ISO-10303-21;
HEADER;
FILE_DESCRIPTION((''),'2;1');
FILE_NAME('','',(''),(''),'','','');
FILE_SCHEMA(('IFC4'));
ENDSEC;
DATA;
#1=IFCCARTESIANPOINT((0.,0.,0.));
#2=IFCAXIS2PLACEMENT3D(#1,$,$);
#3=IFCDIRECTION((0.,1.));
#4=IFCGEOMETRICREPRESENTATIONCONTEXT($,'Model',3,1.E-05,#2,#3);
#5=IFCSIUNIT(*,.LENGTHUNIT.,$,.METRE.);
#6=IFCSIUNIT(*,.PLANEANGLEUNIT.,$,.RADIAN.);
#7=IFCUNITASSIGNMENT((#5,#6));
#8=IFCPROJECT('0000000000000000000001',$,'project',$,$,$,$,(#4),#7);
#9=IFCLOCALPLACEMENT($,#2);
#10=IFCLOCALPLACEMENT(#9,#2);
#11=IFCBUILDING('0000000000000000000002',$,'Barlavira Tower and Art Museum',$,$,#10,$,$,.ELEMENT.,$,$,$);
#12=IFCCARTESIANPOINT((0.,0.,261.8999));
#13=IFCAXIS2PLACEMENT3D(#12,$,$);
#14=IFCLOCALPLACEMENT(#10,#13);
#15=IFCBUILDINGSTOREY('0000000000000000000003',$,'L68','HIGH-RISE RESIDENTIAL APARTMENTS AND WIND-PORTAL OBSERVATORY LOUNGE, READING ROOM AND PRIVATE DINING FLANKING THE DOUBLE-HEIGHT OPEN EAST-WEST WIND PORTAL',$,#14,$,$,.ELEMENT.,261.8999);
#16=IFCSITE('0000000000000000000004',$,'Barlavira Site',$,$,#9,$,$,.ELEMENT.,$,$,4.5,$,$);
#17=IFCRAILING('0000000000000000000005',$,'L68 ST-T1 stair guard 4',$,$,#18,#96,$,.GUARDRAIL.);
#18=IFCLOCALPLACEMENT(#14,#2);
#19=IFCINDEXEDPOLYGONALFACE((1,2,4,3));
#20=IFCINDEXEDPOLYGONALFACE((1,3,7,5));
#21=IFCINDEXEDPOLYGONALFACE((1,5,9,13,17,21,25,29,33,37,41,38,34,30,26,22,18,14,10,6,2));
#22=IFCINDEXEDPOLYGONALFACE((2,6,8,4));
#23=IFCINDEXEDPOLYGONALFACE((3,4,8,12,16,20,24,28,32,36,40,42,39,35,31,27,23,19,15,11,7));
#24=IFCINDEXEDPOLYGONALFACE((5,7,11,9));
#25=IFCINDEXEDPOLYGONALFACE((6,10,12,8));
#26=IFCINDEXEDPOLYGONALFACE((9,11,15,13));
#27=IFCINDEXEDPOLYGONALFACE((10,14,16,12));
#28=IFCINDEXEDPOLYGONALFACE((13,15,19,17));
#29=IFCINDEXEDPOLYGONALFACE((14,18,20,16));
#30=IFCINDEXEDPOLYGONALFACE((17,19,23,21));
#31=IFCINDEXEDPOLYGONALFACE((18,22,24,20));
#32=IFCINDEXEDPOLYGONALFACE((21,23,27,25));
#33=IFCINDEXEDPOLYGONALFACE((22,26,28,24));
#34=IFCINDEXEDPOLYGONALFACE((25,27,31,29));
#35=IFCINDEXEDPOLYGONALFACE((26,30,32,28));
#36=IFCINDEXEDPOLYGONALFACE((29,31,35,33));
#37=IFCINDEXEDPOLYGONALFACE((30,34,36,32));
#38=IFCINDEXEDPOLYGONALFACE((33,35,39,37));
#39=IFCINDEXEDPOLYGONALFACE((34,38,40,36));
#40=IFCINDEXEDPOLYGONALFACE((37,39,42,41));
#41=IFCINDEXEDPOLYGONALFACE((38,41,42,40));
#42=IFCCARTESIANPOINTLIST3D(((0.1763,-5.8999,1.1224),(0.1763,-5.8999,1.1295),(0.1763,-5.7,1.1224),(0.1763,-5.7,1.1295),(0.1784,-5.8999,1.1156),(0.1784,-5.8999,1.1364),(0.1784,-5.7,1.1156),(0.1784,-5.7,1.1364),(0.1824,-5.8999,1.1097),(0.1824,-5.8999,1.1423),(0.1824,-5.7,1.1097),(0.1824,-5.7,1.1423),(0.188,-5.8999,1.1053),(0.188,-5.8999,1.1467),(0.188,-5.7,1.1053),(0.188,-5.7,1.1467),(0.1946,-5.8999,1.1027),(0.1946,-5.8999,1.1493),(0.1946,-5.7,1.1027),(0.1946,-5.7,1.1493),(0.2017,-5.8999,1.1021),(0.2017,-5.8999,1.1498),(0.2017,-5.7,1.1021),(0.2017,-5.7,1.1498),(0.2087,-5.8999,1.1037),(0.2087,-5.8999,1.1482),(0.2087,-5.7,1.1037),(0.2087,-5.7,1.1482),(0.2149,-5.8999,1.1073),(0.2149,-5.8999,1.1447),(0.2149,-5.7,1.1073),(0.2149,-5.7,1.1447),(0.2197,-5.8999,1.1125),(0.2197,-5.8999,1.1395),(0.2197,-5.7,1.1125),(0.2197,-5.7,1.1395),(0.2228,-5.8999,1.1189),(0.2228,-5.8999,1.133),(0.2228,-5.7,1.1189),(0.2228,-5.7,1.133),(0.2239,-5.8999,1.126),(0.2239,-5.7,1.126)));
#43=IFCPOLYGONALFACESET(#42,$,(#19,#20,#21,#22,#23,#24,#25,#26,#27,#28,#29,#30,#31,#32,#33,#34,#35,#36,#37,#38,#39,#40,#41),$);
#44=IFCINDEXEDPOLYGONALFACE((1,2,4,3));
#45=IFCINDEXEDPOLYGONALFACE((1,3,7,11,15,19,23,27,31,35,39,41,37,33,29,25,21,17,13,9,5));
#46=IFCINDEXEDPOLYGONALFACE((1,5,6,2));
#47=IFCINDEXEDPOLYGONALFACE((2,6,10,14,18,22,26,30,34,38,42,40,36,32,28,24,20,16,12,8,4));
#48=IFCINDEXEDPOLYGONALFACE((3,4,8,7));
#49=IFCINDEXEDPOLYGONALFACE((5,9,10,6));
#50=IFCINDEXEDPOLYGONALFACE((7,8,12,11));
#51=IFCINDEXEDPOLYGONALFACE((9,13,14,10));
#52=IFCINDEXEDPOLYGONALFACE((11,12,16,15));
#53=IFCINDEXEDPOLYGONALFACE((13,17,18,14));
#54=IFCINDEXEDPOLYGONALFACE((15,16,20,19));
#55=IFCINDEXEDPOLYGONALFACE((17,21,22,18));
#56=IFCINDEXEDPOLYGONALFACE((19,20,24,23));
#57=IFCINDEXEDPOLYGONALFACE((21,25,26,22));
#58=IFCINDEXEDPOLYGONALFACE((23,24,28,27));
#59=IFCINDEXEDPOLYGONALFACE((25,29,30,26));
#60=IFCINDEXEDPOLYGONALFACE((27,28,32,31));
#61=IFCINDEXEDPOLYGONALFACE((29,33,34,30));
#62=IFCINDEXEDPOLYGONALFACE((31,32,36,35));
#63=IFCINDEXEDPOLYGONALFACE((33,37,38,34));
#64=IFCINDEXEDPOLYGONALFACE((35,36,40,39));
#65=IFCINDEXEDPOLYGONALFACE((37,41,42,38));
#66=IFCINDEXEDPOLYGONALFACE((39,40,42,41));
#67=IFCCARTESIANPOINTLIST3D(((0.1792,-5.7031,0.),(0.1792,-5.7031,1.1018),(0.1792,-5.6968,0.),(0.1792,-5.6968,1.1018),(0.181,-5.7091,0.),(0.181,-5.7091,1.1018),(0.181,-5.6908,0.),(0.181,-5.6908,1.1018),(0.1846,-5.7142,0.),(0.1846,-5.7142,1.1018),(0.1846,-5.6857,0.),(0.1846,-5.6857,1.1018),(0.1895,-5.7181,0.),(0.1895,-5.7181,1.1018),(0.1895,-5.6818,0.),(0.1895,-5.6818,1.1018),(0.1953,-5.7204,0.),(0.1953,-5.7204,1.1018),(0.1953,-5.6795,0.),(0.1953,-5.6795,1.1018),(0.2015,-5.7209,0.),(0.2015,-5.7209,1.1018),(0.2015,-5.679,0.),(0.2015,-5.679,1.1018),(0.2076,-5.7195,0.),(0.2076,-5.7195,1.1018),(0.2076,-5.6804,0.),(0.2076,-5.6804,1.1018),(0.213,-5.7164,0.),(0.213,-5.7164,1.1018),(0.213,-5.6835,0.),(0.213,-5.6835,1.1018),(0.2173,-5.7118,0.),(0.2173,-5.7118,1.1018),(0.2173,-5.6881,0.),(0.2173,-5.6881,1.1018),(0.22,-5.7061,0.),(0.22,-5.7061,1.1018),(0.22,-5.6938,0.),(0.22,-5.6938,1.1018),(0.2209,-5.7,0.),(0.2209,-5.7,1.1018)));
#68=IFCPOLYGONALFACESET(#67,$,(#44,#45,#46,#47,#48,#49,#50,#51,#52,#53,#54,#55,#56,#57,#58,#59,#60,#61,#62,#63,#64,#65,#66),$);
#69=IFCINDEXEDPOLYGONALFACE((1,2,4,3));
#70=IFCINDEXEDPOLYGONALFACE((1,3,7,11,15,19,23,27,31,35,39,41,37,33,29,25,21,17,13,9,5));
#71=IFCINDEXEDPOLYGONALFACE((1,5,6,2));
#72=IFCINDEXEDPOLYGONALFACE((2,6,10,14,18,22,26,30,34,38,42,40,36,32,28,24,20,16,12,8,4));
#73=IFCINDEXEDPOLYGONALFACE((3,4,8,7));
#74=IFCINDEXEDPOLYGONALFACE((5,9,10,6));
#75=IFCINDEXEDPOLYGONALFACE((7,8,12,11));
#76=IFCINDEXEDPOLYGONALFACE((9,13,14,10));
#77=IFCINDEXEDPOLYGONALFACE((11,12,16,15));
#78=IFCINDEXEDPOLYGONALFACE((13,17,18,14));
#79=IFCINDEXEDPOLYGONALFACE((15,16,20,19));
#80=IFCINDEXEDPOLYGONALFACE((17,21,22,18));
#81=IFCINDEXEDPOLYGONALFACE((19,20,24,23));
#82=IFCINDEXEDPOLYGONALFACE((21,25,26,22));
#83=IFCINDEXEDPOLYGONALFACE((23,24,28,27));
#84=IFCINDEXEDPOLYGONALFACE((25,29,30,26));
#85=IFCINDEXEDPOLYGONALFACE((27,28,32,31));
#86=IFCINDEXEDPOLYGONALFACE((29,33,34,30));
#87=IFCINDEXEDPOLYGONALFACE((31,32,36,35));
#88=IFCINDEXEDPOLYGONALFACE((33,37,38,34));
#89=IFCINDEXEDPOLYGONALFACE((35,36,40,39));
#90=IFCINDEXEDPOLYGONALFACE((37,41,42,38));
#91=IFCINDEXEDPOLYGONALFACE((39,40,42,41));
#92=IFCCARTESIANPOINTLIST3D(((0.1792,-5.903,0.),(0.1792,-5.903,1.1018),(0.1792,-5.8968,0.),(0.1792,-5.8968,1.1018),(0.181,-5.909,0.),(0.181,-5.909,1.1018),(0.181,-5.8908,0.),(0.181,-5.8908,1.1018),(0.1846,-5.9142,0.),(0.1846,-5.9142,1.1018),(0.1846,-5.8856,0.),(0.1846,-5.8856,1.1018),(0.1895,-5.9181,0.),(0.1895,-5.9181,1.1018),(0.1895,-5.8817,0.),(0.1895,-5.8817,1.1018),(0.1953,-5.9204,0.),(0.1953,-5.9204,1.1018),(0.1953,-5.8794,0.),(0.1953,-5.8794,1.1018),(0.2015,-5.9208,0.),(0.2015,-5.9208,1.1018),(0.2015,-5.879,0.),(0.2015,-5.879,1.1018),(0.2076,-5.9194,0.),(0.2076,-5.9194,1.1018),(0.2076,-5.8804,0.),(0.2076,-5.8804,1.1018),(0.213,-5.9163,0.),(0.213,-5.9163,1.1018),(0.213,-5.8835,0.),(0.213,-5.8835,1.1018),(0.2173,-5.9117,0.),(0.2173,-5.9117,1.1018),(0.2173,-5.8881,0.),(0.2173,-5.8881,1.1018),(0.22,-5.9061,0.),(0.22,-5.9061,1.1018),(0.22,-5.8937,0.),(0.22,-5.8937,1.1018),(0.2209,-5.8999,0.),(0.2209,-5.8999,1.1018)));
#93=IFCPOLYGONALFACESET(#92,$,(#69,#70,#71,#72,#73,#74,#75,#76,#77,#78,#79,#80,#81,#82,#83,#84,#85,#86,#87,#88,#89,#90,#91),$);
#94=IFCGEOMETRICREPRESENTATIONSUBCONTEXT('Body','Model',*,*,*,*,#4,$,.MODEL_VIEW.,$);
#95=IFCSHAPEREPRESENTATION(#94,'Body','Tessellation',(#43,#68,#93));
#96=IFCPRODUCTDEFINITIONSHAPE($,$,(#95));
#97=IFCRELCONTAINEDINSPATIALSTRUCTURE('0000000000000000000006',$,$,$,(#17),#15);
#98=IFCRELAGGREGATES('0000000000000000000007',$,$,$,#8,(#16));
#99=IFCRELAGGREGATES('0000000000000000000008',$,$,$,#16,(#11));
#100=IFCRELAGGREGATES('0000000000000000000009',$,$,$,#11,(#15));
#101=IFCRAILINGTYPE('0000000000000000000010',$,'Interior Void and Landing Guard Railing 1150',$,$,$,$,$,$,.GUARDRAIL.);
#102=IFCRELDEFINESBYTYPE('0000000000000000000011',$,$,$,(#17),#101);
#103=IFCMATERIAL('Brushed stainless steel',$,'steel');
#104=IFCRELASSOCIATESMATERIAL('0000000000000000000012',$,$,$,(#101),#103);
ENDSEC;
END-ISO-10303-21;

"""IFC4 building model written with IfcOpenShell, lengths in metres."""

from ifc_helpers import new_model, si_unit, direction, frame, origin, origin_2d, place, context, subcontext, project, spatial, circle, extrude, material, type_object, element, save


model = new_model("IFC4")

# Units and contexts
model_context = context("Model", 3, precision=1e-05, world=origin(), true_north=direction((0.0, 1.0)))
body_context = subcontext(model_context, "Body", "Model", "MODEL_VIEW")
ifc_project = project(units=[si_unit("LENGTHUNIT", "METRE"), si_unit("PLANEANGLEUNIT", "RADIAN")], contexts=[model_context])

# Site, building, storey
site_placement = place(None, origin())
site = spatial("IfcSite", under=ifc_project, at=site_placement, Name="Barlavira Site", CompositionType="ELEMENT", RefElevation=4.5)
building_placement = place(site_placement, origin())
building = spatial("IfcBuilding", under=site, at=building_placement, Name="Barlavira Tower and Art Museum", CompositionType="ELEMENT")
storey_placement = place(building_placement, frame((0.0, 0.0, 261.8999)))
storey = spatial("IfcBuildingStorey", under=building, at=storey_placement, Name="L68", Description="HIGH-RISE RESIDENTIAL APARTMENTS AND WIND-PORTAL OBSERVATORY LOUNGE, READING ROOM AND PRIVATE DINING FLANKING THE DOUBLE-HEIGHT OPEN EAST-WEST WIND PORTAL", CompositionType="ELEMENT", Elevation=261.8999)

# Shared definitions
ifc_material_1 = material(Name="Brushed stainless steel", Category="steel")

# Railing
railing_type_1 = type_object("IfcRailingType", Name="Interior Void and Landing Guard Railing 1150", PredefinedType="GUARDRAIL", material=ifc_material_1)
railing_1_placement = place(storey_placement, frame((0.2, -5.7, 0.0)))
element("IfcRailing", 1, at=railing_1_placement, inside=storey, type_object=railing_type_1, Name="L68 ST-T1 stair guard 4", PredefinedType="GUARDRAIL", context=body_context, shape_type="SweptSolid", body=[
    extrude(circle(Radius=0.0239, at=origin_2d()), frame((0.0, 0.0, 1.126), z_axis=(0.0, -1.0, 0.0), x_axis=(1.0, 0.0, 0.0)), (0.0, 0.0, 1.0), 0.2),
    extrude(circle(Radius=0.021, at=origin_2d()), origin(), (0.0, 0.0, 1.0), 1.1018),
    extrude(circle(Radius=0.021, at=origin_2d()), frame((0.0, -0.2, 0.0)), (0.0, 0.0, 1.0), 1.1018),
])

save(model, "model.ifc")
